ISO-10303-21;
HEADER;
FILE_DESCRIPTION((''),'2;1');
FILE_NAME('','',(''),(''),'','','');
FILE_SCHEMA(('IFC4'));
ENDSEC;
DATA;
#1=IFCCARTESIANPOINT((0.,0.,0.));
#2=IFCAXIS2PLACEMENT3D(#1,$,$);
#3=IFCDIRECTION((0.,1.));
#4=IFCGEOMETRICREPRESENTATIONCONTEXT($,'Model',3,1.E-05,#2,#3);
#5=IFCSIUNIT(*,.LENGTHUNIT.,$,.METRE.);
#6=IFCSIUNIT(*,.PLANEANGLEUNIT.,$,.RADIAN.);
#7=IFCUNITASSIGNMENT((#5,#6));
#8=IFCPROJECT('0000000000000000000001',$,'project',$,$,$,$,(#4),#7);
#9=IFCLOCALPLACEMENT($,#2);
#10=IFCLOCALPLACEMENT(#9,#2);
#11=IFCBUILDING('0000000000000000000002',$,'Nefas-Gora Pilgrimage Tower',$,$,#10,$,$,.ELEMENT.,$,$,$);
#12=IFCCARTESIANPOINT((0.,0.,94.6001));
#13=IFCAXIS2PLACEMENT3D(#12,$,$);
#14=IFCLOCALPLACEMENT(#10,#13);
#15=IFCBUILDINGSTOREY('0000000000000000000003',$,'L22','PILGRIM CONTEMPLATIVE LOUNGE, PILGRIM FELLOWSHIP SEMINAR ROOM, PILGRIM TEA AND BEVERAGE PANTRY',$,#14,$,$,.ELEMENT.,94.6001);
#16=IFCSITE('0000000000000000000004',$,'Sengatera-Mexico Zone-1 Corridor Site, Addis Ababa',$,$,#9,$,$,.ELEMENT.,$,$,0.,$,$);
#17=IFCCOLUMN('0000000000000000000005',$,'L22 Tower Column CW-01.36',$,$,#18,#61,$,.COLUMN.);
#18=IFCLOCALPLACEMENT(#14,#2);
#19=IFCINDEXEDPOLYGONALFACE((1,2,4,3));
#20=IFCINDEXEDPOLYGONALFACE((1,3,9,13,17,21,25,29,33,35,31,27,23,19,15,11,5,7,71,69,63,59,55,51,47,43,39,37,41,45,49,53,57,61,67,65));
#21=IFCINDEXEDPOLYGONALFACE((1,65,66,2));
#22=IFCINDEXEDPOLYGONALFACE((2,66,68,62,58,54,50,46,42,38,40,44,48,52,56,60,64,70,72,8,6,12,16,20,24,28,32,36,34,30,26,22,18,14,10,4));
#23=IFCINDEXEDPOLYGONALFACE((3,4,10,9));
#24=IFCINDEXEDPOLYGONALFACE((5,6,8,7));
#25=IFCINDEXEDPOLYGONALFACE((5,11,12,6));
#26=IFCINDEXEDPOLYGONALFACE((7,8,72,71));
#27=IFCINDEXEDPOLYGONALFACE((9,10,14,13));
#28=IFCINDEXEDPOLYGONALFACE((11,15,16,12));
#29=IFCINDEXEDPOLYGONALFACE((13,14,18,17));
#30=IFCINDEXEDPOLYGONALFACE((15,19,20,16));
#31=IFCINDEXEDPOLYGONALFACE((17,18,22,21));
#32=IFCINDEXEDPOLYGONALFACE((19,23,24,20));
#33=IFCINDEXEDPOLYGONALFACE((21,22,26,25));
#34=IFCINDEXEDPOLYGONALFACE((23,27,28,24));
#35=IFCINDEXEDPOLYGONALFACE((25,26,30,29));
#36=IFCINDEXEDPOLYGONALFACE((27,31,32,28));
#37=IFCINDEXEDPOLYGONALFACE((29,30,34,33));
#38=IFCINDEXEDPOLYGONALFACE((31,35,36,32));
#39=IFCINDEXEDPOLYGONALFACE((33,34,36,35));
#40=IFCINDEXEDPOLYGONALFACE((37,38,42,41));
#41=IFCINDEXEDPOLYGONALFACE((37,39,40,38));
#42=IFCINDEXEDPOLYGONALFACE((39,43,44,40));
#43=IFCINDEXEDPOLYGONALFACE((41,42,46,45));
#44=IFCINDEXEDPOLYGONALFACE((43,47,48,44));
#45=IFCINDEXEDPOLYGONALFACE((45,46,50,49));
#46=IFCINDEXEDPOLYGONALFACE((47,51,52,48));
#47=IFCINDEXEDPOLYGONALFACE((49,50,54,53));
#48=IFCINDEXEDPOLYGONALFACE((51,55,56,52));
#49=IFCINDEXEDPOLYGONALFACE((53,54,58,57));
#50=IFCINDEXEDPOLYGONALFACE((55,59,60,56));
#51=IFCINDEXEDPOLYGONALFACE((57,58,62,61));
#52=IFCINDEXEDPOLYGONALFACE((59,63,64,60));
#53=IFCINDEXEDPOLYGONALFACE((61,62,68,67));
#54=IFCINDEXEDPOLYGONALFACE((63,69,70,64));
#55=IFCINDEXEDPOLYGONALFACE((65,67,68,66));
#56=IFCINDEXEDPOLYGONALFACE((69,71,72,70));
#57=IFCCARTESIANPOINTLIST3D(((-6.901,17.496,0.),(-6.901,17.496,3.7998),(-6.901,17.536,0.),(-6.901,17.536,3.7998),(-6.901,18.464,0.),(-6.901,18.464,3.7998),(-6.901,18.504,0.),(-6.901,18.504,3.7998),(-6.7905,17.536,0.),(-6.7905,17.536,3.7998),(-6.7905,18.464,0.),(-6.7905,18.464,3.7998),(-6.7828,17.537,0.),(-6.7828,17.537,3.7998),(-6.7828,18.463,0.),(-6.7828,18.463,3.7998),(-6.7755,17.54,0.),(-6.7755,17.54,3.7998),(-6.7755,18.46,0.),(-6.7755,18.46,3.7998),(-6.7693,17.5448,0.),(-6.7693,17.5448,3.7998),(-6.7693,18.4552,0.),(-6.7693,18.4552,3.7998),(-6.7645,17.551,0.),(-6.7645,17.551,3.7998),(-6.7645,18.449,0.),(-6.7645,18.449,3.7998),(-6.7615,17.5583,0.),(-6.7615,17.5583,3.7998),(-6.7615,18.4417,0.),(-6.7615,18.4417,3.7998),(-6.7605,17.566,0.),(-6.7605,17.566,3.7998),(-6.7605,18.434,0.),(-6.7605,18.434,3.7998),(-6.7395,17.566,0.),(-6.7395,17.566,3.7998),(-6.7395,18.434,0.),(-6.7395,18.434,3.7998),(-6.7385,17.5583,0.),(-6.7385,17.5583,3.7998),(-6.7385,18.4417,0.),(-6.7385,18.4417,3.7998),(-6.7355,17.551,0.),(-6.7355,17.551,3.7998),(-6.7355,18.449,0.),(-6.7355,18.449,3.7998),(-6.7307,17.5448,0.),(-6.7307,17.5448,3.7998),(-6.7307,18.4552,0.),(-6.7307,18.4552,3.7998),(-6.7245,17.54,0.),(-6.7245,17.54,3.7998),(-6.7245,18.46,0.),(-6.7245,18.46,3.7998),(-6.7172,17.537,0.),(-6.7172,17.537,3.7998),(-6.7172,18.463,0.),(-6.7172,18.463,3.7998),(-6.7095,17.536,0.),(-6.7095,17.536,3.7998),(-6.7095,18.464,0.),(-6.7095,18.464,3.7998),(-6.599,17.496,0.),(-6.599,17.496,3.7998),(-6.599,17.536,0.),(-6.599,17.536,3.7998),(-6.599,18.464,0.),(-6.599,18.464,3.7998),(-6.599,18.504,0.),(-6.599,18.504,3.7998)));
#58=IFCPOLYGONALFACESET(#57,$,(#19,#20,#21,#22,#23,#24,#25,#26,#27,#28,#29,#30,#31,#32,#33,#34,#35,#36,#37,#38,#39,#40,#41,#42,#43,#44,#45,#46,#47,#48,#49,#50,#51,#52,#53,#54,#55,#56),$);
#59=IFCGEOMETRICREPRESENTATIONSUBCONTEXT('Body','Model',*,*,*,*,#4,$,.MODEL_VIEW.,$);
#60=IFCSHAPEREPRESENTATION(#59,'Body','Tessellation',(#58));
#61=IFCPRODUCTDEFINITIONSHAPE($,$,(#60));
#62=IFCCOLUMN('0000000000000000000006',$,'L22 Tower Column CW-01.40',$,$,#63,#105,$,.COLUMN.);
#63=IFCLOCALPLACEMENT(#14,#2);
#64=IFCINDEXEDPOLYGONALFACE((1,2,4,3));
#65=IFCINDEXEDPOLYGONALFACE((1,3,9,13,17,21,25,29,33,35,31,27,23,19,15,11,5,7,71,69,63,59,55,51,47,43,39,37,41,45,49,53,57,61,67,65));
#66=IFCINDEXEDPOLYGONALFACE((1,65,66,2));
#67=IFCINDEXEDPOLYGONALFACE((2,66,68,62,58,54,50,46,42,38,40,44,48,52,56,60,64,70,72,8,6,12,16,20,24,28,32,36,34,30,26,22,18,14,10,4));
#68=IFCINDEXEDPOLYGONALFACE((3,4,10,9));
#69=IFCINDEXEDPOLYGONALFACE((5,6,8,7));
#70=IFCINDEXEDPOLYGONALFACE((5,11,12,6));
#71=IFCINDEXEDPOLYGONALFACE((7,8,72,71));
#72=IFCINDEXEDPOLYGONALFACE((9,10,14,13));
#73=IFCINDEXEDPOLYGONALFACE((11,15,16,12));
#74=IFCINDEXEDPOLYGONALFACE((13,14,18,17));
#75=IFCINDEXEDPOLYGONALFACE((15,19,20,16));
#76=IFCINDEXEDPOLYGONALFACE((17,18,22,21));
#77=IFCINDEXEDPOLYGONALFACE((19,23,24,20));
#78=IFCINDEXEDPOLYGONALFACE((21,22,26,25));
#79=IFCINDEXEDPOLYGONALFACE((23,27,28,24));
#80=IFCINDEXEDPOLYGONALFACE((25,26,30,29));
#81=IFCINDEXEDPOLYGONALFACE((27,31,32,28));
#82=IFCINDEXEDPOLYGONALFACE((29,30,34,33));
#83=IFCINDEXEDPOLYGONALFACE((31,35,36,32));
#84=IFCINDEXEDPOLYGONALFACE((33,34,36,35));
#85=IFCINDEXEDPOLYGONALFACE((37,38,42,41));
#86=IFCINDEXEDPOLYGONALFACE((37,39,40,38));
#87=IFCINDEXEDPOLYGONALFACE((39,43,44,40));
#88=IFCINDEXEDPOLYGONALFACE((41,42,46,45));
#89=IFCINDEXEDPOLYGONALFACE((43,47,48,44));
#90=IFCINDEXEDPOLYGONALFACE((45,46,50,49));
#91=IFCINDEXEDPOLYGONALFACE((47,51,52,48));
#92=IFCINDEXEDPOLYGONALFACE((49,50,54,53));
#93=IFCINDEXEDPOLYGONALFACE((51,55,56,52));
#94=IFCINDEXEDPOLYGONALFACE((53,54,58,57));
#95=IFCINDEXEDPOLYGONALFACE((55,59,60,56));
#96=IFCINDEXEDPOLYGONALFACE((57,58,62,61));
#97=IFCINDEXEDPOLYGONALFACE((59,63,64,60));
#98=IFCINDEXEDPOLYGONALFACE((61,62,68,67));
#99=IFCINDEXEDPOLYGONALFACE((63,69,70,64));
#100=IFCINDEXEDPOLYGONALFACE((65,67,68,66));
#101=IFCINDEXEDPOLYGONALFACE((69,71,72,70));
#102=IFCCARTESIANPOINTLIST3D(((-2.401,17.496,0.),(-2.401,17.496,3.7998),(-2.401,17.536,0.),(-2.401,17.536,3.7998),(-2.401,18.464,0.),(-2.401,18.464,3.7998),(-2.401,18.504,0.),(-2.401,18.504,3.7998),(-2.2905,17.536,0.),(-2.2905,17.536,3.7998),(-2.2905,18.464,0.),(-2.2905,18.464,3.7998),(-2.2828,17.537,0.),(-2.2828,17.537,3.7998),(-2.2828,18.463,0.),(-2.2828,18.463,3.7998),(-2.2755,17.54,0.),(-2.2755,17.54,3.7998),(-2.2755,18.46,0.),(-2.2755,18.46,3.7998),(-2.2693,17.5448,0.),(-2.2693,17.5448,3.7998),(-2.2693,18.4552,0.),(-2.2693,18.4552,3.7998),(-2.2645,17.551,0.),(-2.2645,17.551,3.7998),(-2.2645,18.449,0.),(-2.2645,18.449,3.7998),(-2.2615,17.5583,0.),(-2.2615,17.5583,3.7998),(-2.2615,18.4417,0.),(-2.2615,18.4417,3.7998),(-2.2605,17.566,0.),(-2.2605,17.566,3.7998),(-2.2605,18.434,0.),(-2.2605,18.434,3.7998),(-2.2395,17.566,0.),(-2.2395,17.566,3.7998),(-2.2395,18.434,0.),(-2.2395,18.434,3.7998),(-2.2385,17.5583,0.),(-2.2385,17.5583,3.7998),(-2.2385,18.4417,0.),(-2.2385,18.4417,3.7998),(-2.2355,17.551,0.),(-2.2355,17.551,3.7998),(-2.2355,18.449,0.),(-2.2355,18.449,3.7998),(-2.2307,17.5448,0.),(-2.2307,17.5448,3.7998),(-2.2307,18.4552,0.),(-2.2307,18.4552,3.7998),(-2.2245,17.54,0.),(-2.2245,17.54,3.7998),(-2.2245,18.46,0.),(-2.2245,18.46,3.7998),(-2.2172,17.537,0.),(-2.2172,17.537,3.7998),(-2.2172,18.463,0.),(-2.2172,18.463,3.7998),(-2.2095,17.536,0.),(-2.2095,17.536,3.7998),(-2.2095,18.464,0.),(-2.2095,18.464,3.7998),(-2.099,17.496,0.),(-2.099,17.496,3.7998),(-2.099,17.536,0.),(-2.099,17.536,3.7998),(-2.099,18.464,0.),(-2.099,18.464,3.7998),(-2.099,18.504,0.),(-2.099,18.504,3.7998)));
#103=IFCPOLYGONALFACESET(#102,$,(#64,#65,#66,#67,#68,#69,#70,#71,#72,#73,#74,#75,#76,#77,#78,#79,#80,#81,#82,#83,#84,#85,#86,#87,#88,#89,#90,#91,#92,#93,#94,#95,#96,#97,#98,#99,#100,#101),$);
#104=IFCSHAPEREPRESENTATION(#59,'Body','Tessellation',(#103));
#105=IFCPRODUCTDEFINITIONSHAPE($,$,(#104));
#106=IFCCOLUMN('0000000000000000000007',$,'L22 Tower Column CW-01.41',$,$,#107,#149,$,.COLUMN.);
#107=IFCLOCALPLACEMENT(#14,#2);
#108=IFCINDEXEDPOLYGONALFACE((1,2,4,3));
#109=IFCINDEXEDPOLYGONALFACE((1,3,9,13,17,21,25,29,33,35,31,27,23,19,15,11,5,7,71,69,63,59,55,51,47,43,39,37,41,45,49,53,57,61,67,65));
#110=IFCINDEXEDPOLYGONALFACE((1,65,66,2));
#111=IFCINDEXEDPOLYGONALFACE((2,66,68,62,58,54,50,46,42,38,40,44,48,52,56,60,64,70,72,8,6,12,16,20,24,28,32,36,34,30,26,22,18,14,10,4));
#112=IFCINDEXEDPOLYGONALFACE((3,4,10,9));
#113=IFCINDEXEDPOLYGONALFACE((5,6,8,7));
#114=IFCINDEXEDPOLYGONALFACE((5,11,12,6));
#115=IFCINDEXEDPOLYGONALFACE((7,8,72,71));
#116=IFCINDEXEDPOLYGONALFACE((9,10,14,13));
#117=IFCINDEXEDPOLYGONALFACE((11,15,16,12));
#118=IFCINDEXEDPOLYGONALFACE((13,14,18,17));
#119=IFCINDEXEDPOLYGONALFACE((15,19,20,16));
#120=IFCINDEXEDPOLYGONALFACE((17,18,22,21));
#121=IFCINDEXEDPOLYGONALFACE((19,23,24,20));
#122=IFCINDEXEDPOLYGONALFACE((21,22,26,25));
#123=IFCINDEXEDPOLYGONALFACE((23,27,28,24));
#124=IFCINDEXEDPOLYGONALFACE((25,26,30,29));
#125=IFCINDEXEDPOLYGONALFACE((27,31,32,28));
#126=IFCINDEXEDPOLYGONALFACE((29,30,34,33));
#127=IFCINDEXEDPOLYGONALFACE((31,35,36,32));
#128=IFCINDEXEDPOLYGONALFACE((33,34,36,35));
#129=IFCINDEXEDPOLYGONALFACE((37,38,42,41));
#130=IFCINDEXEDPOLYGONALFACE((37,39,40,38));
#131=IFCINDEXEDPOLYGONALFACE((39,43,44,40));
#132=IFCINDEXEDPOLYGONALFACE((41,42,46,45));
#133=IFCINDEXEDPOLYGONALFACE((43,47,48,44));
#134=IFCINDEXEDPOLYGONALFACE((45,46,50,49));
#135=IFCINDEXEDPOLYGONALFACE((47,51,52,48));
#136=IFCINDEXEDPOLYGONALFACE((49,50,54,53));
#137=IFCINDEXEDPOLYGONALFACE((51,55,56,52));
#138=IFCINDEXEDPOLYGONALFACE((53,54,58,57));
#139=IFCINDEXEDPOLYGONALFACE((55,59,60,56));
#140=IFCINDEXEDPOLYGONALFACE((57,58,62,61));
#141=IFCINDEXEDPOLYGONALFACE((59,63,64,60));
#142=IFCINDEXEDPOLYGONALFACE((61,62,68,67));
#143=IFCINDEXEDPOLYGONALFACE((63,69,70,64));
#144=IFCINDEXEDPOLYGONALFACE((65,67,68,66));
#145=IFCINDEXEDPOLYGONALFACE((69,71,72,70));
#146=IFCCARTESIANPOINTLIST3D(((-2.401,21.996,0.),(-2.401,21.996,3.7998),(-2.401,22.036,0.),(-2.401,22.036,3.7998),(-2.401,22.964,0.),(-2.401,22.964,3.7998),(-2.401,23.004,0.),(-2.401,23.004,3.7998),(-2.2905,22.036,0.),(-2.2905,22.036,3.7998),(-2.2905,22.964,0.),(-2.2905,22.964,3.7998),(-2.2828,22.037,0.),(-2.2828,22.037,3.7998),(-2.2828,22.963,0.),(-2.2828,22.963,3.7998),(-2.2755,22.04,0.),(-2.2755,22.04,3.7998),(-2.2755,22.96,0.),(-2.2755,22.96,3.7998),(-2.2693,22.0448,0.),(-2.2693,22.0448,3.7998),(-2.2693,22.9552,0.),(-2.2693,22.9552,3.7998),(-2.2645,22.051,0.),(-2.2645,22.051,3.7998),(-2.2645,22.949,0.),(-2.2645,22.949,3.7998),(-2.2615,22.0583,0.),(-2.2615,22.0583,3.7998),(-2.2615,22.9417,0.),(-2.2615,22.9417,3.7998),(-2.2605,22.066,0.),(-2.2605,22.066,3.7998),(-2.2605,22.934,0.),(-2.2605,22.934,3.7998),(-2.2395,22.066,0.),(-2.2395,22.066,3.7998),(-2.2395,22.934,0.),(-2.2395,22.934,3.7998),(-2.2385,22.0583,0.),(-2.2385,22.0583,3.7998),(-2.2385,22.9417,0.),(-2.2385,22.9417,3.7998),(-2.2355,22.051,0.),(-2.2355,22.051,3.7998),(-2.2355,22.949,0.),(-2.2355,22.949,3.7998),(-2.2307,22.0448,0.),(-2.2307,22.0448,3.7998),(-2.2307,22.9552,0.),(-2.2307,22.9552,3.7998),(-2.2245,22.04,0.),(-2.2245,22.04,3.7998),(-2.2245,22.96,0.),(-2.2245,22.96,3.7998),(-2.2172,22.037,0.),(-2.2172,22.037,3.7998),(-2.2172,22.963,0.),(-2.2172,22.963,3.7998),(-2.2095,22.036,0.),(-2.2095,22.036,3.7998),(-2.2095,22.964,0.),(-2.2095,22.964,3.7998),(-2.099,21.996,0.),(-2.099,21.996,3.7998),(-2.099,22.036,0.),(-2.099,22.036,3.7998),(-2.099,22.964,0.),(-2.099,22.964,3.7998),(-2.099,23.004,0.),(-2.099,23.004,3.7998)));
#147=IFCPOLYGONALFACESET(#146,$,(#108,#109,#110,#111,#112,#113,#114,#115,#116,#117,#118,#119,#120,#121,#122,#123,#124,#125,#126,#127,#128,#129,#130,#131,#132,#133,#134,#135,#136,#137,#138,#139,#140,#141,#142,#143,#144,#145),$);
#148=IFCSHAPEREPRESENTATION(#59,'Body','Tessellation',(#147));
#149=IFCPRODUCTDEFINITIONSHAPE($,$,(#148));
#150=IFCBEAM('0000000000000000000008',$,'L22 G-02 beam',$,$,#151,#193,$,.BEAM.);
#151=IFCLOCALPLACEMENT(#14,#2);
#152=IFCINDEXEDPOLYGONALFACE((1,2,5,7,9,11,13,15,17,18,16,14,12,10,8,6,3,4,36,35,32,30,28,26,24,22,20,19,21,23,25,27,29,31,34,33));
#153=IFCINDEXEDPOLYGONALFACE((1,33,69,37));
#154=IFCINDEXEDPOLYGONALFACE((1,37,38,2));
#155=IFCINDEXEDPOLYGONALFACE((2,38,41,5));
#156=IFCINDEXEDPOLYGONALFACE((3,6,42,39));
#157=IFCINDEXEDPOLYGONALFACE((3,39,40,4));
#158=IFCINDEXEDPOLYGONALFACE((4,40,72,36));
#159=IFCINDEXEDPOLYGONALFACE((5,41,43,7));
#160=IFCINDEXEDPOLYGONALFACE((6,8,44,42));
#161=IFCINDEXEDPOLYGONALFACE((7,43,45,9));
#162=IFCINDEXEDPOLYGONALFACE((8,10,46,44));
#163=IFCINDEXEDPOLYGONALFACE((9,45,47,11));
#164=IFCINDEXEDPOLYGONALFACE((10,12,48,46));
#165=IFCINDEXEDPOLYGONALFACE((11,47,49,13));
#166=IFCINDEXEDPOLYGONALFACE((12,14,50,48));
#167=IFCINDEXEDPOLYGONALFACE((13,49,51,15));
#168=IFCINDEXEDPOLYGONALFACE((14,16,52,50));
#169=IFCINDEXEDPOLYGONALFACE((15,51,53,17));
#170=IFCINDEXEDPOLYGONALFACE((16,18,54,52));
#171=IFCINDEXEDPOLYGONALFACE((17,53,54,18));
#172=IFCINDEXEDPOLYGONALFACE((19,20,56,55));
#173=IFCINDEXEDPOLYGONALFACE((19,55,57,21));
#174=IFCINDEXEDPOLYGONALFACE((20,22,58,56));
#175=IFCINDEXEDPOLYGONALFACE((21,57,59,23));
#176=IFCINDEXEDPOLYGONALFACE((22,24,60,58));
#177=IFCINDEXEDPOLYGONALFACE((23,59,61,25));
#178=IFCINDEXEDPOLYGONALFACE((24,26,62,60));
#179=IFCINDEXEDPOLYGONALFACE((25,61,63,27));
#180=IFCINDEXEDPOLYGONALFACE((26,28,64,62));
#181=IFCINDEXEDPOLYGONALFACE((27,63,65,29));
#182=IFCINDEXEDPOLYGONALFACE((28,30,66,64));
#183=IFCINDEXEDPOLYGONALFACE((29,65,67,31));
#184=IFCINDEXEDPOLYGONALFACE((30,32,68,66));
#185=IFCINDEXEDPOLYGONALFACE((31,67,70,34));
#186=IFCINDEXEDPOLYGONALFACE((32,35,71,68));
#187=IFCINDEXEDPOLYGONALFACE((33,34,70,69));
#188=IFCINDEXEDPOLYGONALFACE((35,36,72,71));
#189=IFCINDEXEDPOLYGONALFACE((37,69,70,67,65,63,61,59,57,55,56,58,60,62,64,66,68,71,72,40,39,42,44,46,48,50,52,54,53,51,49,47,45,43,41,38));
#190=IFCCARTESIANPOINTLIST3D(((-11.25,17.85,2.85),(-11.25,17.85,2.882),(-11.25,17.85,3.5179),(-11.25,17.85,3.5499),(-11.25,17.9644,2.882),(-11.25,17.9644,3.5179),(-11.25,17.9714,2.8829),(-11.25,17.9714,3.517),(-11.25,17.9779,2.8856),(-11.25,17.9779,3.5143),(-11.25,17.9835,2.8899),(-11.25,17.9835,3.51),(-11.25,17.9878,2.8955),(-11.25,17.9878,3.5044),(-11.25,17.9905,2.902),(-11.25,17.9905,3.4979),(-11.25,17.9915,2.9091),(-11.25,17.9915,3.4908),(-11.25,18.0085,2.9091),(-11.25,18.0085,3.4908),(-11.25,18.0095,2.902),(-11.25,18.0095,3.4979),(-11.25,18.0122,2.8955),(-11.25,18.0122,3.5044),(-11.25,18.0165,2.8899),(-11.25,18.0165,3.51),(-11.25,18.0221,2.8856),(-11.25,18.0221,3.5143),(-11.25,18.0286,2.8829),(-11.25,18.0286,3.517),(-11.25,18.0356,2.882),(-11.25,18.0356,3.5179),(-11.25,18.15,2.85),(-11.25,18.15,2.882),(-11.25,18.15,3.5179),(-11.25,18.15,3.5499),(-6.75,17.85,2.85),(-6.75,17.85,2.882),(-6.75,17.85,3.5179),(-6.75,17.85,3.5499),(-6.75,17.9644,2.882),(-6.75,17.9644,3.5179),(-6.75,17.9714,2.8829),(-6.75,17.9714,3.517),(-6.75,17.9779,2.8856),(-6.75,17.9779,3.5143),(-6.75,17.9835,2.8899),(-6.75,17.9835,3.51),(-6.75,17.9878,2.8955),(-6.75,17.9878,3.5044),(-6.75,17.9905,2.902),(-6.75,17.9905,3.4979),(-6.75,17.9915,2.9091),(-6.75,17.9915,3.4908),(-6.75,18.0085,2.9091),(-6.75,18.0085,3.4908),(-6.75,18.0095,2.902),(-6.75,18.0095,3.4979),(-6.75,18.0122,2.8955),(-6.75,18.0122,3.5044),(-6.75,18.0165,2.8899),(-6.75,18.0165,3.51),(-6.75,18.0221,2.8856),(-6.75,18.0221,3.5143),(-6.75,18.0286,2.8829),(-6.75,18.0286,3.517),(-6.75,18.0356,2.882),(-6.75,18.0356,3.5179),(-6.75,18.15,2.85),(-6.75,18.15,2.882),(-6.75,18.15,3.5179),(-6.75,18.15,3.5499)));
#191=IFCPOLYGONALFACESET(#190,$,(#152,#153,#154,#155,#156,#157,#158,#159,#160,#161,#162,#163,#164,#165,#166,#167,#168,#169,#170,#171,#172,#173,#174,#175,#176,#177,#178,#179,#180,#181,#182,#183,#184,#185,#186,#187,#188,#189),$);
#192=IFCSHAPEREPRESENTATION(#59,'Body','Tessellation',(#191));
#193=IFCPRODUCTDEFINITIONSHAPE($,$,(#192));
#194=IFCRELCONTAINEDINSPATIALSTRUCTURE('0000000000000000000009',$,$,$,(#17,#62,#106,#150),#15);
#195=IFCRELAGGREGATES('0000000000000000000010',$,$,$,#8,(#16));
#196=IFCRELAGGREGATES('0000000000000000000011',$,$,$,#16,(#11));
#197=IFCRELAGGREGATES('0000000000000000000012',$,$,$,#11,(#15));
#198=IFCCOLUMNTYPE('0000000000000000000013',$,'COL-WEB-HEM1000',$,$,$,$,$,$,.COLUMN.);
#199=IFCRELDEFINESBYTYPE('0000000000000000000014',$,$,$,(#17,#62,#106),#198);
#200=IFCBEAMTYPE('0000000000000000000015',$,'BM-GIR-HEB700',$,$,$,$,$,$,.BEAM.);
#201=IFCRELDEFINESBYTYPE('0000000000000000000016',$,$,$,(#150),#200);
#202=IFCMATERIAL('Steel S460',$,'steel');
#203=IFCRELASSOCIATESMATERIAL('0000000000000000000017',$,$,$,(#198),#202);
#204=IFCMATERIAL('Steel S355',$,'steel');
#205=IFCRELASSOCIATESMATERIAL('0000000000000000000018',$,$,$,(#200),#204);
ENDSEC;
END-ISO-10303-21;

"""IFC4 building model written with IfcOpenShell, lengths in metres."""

from ifc_helpers import new_model, si_unit, direction, frame, origin, origin_2d, place, context, subcontext, project, spatial, i_section, extrude, source, transform, mapped, material, material_profile, profile_set, type_object, element, save


model = new_model("IFC4")

# Units and contexts
model_context = context("Model", 3, precision=1e-05, world=origin(), true_north=direction((0.0, 1.0)))
body_context = subcontext(model_context, "Body", "Model", "MODEL_VIEW")
ifc_project = project(units=[si_unit("LENGTHUNIT", "METRE"), si_unit("PLANEANGLEUNIT", "RADIAN")], contexts=[model_context])

# Site, building, storey
site_placement = place(None, origin())
site = spatial("IfcSite", under=ifc_project, at=site_placement, Name="Sengatera-Mexico Zone-1 Corridor Site, Addis Ababa", CompositionType="ELEMENT", RefElevation=0.0)
building_placement = place(site_placement, origin())
building = spatial("IfcBuilding", under=site, at=building_placement, Name="Nefas-Gora Pilgrimage Tower", CompositionType="ELEMENT")
storey_placement = place(building_placement, frame((0.0, 0.0, 94.6001)))
storey = spatial("IfcBuildingStorey", under=building, at=storey_placement, Name="L22", Description="PILGRIM CONTEMPLATIVE LOUNGE, PILGRIM FELLOWSHIP SEMINAR ROOM, PILGRIM TEA AND BEVERAGE PANTRY", CompositionType="ELEMENT", Elevation=94.6001)

# Columns
ifc_material_1 = material(Name="Steel S460", Category="steel")
ifc_material_profile_1 = material_profile(ifc_material_1, i_section(OverallWidth=0.302, OverallDepth=1.0081, WebThickness=0.021, FlangeThickness=0.04, FilletRadius=0.03, at=origin_2d()), Name="HEM 1000")
ifc_profile_set_1 = profile_set([ifc_material_profile_1], Name="Steel S460")
column_type_1 = type_object("IfcColumnType", Name="COL-WEB-HEM1000", PredefinedType="COLUMN", material=ifc_profile_set_1)
shared_shape_1 = source(origin(), body_context, "Body", "SweptSolid", [
    extrude(i_section(OverallWidth=0.302, OverallDepth=1.0081, WebThickness=0.021, FlangeThickness=0.04, FilletRadius=0.03, at=origin_2d()), origin(), (0.0, 0.0, 1.0), 3.7998),
])
for number, where, z_axis, x_axis, name in (
    (1, (-6.75, 18.0, 0.0), (0.0, 0.0, 1.0), (1.0, 0.0, 0.0), "L22 Tower Column CW-01.36"),
    (2, (-2.25, 18.0, 0.0), (0.0, 0.0, 1.0), (1.0, 0.0, 0.0), "L22 Tower Column CW-01.40"),
    (3, (-2.25, 22.5, 0.0), (0.0, 0.0, 1.0), (1.0, 0.0, 0.0), "L22 Tower Column CW-01.41"),
):
    element("IfcColumn", number, at=place(storey_placement, frame(where, z_axis=z_axis, x_axis=x_axis)), inside=storey, type_object=column_type_1, Name=name, PredefinedType="COLUMN", context=body_context, shape_type="MappedRepresentation", body=[
        mapped(shared_shape_1, transform((0.0, 0.0, 0.0), x_axis=(1.0, 0.0, 0.0), y_axis=(0.0, 1.0, 0.0), z_axis=(0.0, 0.0, 1.0), scale=1.0)),
    ])

# Beam
ifc_material_2 = material(Name="Steel S355", Category="steel")
ifc_material_profile_2 = material_profile(ifc_material_2, i_section(OverallWidth=0.3, OverallDepth=0.7, WebThickness=0.0171, FlangeThickness=0.032, FilletRadius=0.0271, at=origin_2d()), Name="HEB 700")
ifc_profile_set_2 = profile_set([ifc_material_profile_2], Name="Steel S355")
beam_type = type_object("IfcBeamType", Name="BM-GIR-HEB700", PredefinedType="BEAM", material=ifc_profile_set_2)
shared_shape_2 = source(origin(), body_context, "Body", "SweptSolid", [
    extrude(i_section(OverallWidth=0.3, OverallDepth=0.7, WebThickness=0.0171, FlangeThickness=0.032, FilletRadius=0.0271, at=origin_2d()), origin(), (0.0, 0.0, 1.0), 4.5),
])
for number, where, z_axis, x_axis, name in (
    (4, (-11.25, 18.0, 3.2), (1.0, 0.0, 0.0), (0.0, 1.0, 0.0), "L22 G-02 beam"),
):
    element("IfcBeam", number, at=place(storey_placement, frame(where, z_axis=z_axis, x_axis=x_axis)), inside=storey, type_object=beam_type, Name=name, PredefinedType="BEAM", context=body_context, shape_type="MappedRepresentation", body=[
        mapped(shared_shape_2, transform((0.0, 0.0, 0.0), x_axis=(1.0, 0.0, 0.0), y_axis=(0.0, 1.0, 0.0), z_axis=(0.0, 0.0, 1.0), scale=1.0)),
    ])

save(model, "model.ifc")
